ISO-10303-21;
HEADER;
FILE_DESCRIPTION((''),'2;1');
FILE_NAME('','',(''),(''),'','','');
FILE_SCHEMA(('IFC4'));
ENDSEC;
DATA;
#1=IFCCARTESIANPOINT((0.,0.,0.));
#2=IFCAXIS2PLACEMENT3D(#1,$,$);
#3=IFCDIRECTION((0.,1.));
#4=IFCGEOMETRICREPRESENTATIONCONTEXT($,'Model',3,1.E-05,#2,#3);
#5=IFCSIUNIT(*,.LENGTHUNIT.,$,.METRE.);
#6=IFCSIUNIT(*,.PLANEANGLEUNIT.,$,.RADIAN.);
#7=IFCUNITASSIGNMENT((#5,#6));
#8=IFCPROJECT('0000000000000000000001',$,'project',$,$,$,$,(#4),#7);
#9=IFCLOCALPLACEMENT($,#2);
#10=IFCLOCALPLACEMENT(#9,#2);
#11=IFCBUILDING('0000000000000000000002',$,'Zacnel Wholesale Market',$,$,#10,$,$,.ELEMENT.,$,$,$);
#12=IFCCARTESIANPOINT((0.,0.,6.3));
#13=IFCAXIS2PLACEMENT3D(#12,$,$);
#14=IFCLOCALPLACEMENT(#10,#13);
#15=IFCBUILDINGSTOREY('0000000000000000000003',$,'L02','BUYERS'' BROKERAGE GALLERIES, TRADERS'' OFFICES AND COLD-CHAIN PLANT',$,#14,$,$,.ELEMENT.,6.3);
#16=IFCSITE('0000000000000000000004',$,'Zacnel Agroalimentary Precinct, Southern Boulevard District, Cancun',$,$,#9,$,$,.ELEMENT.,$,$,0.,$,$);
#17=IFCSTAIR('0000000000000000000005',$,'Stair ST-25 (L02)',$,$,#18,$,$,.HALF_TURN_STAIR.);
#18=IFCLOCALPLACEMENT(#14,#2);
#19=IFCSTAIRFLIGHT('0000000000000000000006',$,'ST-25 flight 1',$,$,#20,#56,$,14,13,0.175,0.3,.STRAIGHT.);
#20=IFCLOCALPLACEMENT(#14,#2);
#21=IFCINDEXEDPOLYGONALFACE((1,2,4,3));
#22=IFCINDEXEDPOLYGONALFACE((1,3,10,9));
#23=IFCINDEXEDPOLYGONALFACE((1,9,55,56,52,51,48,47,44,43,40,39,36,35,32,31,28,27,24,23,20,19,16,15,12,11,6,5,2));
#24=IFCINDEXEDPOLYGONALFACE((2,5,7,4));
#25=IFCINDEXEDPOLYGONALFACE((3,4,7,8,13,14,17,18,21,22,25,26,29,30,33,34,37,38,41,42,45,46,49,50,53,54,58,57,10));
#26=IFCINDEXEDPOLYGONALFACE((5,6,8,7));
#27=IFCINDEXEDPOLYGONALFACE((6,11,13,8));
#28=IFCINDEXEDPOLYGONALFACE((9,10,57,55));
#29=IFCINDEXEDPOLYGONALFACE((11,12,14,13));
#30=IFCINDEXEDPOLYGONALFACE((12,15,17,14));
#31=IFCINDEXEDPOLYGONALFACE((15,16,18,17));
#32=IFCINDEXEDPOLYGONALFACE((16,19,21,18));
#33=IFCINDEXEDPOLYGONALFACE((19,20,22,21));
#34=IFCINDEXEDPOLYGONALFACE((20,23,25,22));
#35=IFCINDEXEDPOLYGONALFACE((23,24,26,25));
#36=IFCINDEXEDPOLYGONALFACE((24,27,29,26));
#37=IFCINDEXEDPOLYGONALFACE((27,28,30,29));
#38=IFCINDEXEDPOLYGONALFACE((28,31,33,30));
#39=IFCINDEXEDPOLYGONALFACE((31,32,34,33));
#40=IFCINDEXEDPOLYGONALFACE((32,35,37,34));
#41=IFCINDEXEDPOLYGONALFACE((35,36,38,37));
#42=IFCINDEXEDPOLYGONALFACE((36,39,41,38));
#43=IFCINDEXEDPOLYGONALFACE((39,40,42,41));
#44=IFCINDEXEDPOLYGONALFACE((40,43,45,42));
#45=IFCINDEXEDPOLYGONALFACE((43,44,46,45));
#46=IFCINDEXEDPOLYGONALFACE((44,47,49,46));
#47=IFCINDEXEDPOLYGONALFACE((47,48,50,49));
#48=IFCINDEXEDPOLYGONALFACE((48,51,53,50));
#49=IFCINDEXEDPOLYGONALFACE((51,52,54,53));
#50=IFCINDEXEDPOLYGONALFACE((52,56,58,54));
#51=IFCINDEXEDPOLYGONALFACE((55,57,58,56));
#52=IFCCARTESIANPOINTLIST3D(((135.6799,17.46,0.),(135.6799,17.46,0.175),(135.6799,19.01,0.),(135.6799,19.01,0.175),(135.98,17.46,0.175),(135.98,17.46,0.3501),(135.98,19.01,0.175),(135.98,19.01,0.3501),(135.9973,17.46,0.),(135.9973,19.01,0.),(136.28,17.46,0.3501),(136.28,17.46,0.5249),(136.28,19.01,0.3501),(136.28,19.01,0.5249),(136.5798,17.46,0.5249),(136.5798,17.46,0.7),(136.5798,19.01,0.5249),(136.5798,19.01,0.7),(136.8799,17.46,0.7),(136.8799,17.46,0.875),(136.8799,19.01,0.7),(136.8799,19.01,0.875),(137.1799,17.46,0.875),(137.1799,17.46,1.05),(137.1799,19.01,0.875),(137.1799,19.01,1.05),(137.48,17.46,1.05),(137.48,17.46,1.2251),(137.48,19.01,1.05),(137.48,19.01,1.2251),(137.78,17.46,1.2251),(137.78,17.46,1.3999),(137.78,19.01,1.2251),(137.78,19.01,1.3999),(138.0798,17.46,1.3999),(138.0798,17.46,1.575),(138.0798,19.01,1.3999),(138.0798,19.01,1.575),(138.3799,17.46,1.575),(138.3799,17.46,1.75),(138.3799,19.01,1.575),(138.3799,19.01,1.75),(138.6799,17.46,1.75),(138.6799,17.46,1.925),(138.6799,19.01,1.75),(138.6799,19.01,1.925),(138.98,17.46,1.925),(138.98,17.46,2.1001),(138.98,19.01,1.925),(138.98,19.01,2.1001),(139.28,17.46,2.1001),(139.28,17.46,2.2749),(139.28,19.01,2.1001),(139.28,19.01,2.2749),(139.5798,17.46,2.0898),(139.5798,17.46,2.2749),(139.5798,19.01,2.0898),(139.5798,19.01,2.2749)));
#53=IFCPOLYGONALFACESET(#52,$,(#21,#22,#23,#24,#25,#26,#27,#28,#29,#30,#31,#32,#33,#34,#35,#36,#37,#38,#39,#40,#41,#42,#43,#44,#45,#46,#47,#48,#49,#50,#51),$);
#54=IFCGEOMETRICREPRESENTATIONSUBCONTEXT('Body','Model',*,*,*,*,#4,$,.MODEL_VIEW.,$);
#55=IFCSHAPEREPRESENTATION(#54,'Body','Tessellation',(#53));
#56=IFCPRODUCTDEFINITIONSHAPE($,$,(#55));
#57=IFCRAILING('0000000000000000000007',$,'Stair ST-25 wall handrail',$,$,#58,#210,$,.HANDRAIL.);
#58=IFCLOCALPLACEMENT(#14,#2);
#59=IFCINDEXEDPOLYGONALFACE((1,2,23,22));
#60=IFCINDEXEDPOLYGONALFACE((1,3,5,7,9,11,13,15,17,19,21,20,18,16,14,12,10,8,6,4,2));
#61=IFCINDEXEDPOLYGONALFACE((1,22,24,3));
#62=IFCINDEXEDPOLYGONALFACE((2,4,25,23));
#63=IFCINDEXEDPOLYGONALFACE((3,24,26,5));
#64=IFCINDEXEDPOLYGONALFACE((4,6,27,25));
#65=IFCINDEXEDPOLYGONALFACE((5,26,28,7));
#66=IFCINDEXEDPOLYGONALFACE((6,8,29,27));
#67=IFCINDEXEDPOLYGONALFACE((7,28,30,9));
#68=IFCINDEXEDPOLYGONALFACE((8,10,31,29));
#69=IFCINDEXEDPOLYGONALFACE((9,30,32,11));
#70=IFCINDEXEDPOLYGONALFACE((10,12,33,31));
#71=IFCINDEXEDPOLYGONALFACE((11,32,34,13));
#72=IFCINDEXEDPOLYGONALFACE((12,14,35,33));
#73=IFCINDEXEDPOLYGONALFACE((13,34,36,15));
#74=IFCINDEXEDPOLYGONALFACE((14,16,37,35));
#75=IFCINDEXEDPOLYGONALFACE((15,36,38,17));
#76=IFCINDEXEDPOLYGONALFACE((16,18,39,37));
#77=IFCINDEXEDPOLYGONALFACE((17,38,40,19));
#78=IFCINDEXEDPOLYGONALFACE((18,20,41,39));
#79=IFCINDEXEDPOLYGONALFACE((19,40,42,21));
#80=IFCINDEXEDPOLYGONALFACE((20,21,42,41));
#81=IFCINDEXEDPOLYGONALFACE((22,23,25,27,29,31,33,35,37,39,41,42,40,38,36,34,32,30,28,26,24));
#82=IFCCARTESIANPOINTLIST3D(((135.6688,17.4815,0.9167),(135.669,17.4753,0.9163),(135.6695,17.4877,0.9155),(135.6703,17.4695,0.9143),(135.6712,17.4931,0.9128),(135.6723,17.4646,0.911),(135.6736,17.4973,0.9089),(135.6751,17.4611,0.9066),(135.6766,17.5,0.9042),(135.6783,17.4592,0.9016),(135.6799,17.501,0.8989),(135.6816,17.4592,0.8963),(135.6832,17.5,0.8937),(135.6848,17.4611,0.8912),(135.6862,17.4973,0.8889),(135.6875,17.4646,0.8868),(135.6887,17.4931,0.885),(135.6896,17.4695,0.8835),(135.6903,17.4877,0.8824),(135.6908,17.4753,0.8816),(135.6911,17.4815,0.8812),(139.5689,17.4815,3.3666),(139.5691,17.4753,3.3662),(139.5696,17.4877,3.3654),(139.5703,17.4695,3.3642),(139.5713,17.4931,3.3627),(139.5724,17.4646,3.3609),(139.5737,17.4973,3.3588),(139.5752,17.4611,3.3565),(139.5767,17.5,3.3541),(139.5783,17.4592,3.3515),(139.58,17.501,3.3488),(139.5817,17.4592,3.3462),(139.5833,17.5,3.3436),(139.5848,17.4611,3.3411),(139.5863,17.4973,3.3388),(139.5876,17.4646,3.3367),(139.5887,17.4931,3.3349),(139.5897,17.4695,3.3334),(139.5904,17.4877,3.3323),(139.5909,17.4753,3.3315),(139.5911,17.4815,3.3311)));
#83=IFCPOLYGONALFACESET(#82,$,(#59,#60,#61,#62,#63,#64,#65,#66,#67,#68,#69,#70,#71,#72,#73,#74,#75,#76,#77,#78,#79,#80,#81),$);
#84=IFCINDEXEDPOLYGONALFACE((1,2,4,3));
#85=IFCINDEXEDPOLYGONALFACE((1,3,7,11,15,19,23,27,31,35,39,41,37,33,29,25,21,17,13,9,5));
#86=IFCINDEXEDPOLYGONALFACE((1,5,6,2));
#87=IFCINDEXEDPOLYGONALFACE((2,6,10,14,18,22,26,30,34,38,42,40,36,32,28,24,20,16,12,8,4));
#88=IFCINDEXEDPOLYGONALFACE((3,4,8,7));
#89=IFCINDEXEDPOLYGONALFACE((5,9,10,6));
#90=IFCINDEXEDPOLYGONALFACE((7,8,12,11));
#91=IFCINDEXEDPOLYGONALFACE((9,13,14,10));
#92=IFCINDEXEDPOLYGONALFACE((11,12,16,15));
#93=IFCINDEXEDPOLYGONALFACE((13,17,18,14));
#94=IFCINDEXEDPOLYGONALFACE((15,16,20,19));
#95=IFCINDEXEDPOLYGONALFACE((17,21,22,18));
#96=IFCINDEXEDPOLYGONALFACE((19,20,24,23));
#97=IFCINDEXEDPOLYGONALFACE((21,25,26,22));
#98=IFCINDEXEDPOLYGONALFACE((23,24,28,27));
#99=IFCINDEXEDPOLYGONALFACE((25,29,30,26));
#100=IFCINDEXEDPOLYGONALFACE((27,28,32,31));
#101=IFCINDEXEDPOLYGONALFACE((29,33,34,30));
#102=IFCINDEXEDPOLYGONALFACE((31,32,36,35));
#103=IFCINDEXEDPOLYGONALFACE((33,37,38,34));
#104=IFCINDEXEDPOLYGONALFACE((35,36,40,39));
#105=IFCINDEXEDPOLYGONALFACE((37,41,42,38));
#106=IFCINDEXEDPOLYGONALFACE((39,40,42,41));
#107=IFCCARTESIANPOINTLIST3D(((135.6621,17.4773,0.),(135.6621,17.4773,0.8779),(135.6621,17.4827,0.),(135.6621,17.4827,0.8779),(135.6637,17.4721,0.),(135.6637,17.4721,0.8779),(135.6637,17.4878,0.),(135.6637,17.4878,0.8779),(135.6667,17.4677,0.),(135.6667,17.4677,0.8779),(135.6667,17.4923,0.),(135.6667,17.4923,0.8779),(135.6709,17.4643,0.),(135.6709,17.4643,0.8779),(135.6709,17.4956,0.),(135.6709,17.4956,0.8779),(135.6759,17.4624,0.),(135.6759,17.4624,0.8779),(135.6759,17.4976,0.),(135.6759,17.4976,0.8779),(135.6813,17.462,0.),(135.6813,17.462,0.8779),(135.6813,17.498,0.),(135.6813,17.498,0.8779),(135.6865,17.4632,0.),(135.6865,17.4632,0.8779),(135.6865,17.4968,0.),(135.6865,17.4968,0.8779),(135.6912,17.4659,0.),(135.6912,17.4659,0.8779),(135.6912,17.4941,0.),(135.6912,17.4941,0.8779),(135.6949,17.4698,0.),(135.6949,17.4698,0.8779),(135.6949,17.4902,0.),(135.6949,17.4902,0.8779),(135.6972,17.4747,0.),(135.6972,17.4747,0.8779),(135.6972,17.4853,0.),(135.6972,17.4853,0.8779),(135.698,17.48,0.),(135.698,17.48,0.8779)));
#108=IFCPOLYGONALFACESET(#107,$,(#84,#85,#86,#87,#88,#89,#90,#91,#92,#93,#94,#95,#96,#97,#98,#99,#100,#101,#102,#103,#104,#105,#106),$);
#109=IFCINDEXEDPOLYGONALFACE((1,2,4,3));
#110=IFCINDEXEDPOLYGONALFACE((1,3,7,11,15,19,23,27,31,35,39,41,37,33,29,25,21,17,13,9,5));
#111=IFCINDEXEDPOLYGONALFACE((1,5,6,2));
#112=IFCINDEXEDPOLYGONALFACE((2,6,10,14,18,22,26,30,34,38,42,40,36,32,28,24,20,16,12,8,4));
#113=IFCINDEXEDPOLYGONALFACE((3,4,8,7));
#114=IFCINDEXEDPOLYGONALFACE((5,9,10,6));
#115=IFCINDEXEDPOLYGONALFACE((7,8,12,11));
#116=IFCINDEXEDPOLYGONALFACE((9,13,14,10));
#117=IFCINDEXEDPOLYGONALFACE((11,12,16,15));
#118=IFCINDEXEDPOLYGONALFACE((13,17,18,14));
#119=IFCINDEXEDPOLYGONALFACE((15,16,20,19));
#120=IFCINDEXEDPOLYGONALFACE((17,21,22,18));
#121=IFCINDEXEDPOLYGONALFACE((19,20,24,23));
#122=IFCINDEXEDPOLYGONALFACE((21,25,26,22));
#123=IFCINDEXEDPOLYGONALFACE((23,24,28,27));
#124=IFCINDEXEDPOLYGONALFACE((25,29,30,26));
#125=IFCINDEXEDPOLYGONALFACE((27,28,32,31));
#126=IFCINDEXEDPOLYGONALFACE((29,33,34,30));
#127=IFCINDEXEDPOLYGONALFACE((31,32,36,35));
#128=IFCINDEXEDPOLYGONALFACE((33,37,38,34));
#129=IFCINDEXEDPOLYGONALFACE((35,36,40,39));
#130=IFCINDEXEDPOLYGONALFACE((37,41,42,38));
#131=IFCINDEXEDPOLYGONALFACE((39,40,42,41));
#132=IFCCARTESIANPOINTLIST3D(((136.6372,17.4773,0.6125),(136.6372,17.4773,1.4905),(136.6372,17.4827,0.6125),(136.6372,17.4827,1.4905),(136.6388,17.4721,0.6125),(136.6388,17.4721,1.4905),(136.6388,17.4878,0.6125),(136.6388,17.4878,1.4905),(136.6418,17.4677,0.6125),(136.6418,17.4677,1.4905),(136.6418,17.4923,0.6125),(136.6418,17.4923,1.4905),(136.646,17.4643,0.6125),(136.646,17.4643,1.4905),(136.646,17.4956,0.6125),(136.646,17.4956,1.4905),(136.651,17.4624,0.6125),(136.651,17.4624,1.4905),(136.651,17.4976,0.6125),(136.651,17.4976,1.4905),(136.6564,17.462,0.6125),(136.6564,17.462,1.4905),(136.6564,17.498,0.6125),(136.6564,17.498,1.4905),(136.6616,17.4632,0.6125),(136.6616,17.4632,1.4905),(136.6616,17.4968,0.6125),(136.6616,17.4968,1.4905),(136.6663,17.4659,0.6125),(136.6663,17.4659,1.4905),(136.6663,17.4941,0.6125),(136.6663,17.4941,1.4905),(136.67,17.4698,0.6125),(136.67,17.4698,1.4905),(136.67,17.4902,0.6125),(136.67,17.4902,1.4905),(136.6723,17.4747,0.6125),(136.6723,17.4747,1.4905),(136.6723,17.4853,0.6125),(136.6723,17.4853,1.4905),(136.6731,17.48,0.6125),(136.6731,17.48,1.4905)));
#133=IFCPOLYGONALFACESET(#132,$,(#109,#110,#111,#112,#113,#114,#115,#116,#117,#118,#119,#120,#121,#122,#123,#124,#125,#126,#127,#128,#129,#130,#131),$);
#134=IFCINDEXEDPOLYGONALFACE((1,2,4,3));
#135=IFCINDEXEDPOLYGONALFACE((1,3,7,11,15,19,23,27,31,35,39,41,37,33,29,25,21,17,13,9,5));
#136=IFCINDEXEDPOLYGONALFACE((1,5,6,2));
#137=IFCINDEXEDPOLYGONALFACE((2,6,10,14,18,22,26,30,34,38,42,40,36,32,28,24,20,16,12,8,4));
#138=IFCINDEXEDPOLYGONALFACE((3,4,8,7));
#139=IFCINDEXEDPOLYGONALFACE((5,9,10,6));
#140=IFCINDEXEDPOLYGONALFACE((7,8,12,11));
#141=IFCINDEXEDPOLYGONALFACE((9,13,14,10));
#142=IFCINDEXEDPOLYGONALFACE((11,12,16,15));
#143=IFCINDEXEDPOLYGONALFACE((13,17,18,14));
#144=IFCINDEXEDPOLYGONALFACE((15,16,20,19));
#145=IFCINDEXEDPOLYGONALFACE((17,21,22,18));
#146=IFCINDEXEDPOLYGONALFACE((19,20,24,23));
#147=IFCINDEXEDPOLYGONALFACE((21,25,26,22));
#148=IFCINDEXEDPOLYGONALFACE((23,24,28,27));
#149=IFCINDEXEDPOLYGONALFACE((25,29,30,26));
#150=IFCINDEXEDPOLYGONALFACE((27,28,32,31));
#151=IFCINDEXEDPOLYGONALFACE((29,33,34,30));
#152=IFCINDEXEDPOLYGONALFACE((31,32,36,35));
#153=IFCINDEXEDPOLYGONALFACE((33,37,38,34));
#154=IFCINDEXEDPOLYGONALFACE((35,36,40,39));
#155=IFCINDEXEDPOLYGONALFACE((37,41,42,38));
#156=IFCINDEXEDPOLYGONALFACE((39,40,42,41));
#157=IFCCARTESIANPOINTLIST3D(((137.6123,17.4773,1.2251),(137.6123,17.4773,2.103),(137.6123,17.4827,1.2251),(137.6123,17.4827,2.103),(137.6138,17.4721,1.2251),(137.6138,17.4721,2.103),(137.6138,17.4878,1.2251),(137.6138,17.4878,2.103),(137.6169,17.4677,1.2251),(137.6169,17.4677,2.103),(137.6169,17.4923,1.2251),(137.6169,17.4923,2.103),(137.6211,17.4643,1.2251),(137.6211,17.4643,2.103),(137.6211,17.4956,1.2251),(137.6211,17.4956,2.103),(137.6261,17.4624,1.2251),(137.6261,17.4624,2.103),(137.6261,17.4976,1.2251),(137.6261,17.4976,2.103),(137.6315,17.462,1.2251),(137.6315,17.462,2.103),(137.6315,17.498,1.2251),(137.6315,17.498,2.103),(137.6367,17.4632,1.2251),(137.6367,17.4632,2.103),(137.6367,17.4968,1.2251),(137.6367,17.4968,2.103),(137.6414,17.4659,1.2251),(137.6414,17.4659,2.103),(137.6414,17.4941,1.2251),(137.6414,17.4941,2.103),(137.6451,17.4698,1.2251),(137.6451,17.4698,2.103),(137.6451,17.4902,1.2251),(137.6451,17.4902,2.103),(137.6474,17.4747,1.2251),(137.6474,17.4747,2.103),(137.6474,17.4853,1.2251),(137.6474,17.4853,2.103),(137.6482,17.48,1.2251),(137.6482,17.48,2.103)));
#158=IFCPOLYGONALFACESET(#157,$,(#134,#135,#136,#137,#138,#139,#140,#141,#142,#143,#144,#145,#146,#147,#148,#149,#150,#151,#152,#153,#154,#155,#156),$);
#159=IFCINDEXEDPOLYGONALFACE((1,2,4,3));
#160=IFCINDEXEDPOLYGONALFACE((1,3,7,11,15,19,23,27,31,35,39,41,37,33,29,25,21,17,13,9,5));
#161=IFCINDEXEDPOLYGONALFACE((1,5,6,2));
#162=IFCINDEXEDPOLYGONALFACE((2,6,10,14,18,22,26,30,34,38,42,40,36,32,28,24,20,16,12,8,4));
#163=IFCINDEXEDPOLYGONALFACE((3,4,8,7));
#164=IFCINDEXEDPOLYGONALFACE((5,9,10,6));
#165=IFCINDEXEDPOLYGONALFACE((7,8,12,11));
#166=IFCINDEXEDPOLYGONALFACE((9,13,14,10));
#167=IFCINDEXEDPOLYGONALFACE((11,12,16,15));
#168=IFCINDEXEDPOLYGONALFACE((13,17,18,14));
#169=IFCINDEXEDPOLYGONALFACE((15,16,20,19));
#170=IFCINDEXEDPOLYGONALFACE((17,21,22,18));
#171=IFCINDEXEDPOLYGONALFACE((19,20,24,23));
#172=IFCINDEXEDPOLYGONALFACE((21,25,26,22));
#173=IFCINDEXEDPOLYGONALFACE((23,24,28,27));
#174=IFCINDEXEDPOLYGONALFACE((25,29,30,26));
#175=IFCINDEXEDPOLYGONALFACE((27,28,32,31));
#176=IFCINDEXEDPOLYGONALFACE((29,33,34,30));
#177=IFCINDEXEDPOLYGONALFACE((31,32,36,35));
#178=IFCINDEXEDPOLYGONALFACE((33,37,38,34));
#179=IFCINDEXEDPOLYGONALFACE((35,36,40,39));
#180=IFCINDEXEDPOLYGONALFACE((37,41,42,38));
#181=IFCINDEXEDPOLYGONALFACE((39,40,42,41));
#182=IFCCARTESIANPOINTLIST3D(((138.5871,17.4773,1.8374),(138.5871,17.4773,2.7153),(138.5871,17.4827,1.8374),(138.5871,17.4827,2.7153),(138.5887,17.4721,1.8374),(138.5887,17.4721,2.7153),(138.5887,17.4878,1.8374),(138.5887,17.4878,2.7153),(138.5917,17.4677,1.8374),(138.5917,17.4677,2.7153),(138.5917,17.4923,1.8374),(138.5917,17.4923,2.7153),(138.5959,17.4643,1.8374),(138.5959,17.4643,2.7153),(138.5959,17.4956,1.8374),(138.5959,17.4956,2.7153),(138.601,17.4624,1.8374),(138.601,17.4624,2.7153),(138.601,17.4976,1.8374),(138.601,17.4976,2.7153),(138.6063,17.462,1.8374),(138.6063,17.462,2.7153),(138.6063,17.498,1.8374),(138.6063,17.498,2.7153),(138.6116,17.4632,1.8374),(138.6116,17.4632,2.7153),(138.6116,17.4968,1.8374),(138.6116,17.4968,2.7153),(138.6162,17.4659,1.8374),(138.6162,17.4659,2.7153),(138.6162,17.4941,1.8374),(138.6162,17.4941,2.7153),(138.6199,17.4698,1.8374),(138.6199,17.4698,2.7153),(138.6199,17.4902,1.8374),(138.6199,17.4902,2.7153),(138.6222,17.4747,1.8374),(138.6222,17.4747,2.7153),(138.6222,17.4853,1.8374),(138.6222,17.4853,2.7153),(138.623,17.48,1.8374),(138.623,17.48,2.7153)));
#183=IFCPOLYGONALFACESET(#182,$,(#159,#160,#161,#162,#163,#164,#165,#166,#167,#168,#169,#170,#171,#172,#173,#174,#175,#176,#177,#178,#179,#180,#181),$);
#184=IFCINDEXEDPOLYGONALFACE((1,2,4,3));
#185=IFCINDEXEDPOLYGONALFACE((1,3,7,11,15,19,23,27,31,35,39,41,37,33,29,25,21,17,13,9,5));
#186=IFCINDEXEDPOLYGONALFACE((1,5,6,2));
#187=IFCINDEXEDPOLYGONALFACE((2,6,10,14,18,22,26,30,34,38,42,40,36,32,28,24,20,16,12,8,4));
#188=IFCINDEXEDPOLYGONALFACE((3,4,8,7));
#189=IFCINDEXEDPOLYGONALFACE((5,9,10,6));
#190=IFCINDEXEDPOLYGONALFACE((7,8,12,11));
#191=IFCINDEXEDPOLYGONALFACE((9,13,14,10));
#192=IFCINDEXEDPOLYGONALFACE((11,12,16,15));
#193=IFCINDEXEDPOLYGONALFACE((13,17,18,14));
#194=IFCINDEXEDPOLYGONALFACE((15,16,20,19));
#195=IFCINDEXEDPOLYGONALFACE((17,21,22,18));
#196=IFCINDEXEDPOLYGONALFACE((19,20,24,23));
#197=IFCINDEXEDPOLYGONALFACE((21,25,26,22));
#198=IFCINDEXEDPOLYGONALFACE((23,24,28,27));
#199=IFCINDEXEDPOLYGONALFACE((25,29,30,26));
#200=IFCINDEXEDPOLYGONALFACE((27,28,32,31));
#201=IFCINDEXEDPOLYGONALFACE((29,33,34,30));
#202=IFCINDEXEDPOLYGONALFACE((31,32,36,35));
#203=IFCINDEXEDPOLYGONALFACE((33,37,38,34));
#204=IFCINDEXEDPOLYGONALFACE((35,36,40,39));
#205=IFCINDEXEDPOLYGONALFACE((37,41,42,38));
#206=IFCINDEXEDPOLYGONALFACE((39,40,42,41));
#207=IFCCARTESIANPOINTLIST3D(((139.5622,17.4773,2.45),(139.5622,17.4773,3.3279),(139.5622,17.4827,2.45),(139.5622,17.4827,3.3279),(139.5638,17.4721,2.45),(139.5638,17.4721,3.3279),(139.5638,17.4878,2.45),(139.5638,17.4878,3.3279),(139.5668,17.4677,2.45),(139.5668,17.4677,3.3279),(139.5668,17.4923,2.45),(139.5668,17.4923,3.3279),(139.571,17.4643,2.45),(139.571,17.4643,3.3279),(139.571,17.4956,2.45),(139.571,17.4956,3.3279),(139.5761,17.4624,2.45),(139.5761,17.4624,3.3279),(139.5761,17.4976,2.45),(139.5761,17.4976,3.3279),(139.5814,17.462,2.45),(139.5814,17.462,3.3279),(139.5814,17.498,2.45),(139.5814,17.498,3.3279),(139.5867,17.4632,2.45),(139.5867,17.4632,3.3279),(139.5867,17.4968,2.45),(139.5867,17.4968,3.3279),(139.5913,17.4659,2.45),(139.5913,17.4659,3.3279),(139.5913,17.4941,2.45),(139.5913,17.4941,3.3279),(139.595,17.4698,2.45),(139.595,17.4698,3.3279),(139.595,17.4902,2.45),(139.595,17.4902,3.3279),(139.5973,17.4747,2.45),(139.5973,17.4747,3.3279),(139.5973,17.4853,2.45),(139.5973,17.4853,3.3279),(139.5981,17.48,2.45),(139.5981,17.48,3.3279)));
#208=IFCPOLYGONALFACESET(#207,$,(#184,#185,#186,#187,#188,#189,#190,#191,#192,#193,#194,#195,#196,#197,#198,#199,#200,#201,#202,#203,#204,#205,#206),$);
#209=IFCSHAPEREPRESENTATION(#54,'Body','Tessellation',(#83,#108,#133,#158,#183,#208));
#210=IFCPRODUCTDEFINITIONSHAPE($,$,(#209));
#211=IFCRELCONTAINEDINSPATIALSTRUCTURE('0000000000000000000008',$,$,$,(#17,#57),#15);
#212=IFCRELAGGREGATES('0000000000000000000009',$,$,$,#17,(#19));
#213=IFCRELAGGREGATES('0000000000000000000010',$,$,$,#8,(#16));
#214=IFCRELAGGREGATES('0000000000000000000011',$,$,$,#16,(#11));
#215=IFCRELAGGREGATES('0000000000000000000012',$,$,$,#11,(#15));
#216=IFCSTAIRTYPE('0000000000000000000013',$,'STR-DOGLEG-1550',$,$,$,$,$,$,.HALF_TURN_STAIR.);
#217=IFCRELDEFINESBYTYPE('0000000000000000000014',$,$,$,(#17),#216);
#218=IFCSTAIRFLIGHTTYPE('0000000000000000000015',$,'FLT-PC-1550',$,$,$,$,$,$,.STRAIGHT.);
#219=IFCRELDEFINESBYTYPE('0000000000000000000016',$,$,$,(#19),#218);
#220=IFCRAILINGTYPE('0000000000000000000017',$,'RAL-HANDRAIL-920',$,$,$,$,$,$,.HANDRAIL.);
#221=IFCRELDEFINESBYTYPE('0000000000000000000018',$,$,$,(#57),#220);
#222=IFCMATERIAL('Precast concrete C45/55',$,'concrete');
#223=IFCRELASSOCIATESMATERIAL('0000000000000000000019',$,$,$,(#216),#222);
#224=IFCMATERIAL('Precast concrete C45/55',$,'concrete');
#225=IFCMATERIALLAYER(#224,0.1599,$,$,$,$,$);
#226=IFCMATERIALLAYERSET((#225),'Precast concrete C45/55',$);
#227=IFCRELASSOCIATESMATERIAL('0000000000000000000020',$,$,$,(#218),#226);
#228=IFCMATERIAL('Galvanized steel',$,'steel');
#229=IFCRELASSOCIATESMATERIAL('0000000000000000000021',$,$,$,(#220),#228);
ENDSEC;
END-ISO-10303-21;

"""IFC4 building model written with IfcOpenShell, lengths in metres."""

from ifc_helpers import new_model, si_unit, direction, frame, origin, origin_2d, place, context, subcontext, project, spatial, polyline, circle, outline, extrude, material, layer, layer_set, type_object, element, aggregate, save


model = new_model("IFC4")

# Units and contexts
model_context = context("Model", 3, precision=1e-05, world=origin(), true_north=direction((0.0, 1.0)))
body_context = subcontext(model_context, "Body", "Model", "MODEL_VIEW")
ifc_project = project(units=[si_unit("LENGTHUNIT", "METRE"), si_unit("PLANEANGLEUNIT", "RADIAN")], contexts=[model_context])

# Site, building, storey
site_placement = place(None, origin())
site = spatial("IfcSite", under=ifc_project, at=site_placement, Name="Zacnel Agroalimentary Precinct, Southern Boulevard District, Cancun", CompositionType="ELEMENT", RefElevation=0.0)
building_placement = place(site_placement, origin())
building = spatial("IfcBuilding", under=site, at=building_placement, Name="Zacnel Wholesale Market", CompositionType="ELEMENT")
storey_placement = place(building_placement, frame((0.0, 0.0, 6.3)))
storey = spatial("IfcBuildingStorey", under=building, at=storey_placement, Name="L02", Description="BUYERS' BROKERAGE GALLERIES, TRADERS' OFFICES AND COLD-CHAIN PLANT", CompositionType="ELEMENT", Elevation=6.3)

# Stair, stair flight
ifc_material_1 = material(Name="Precast concrete C45/55", Category="concrete")
stair_type = type_object("IfcStairType", Name="STR-DOGLEG-1550", PredefinedType="HALF_TURN_STAIR", material=ifc_material_1)
stair_placement = place(storey_placement, origin())
stair = element("IfcStair", 1, at=stair_placement, inside=storey, type_object=stair_type, Name="Stair ST-25 (L02)", PredefinedType="HALF_TURN_STAIR")
ifc_material_2 = material(Name="Precast concrete C45/55", Category="concrete")
ifc_layer_1 = layer(ifc_material_2, 0.1599)
ifc_layer_set_1 = layer_set([ifc_layer_1], Name="Precast concrete C45/55")
stair_flight_type = type_object("IfcStairFlightType", Name="FLT-PC-1550", PredefinedType="STRAIGHT", material=ifc_layer_set_1)
stair_flight_placement = place(storey_placement, frame((135.6799, 18.2351, 0.0), z_axis=(0.0, 0.0, 1.0), x_axis=(1.0, 0.0, 0.0)))
stair_flight = element("IfcStairFlight", 2, at=stair_flight_placement, type_object=stair_flight_type, Name="ST-25 flight 1", NumberOfRisers=14, NumberOfTreads=13, PredefinedType="STRAIGHT", RiserHeight=0.175, TreadLength=0.3, context=body_context, shape_type="SweptSolid", body=[
    extrude(outline(polyline([(0.0, 0.0), (0.0, 0.175), (0.3, 0.175), (0.3, 0.3501), (0.6001, 0.3501), (0.6001, 0.5249), (0.8999, 0.5249), (0.8999, 0.7), (1.2, 0.7), (1.2, 0.875), (1.5, 0.875), (1.5, 1.05), (1.8, 1.05), (1.8, 1.2251), (2.1001, 1.2251), (2.1001, 1.3999), (2.3999, 1.3999), (2.3999, 1.575), (2.7, 1.575), (2.7, 1.75), (3.0, 1.75), (3.0, 1.925), (3.3, 1.925), (3.3, 2.1001), (3.6001, 2.1001), (3.6001, 2.2749), (3.8999, 2.2749), (3.8999, 2.45), (3.8999, 2.0898), (0.3174, 0.0), (0.0, 0.0)])), frame((0.0, 0.7749, 0.0), z_axis=(0.0, -1.0, 0.0), x_axis=(1.0, 0.0, 0.0)), (0.0, 0.0, 1.0), 1.55),
])
aggregate(stair, [stair_flight])

# Railing
ifc_material_3 = material(Name="Galvanized steel", Category="steel")
railing_type = type_object("IfcRailingType", Name="RAL-HANDRAIL-920", PredefinedType="HANDRAIL", material=ifc_material_3)
railing_placement = place(storey_placement, frame((135.6799, 17.48, 0.0)))
element("IfcRailing", 3, at=railing_placement, inside=storey, type_object=railing_type, Name="Stair ST-25 wall handrail", PredefinedType="HANDRAIL", context=body_context, shape_type="SweptSolid", body=[
    extrude(circle(Radius=0.021, at=origin_2d()), frame((0.0, 0.0, 0.8989), z_axis=(0.84679, 0.0, 0.531927), x_axis=(0.0, 1.0, 0.0)), (0.0, 0.0, 1.0), 4.6057),
    extrude(circle(Radius=0.0181, at=origin_2d()), origin(), (0.0, 0.0, 1.0), 0.8779),
    extrude(circle(Radius=0.0181, at=origin_2d()), frame((0.9751, 0.0, 0.6125)), (0.0, 0.0, 1.0), 0.8779),
    extrude(circle(Radius=0.0181, at=origin_2d()), frame((1.9502, 0.0, 1.2251)), (0.0, 0.0, 1.0), 0.8779),
    extrude(circle(Radius=0.0181, at=origin_2d()), frame((2.925, 0.0, 1.8374)), (0.0, 0.0, 1.0), 0.8779),
    extrude(circle(Radius=0.0181, at=origin_2d()), frame((3.9001, 0.0, 2.45)), (0.0, 0.0, 1.0), 0.8779),
])

save(model, "model.ifc")
